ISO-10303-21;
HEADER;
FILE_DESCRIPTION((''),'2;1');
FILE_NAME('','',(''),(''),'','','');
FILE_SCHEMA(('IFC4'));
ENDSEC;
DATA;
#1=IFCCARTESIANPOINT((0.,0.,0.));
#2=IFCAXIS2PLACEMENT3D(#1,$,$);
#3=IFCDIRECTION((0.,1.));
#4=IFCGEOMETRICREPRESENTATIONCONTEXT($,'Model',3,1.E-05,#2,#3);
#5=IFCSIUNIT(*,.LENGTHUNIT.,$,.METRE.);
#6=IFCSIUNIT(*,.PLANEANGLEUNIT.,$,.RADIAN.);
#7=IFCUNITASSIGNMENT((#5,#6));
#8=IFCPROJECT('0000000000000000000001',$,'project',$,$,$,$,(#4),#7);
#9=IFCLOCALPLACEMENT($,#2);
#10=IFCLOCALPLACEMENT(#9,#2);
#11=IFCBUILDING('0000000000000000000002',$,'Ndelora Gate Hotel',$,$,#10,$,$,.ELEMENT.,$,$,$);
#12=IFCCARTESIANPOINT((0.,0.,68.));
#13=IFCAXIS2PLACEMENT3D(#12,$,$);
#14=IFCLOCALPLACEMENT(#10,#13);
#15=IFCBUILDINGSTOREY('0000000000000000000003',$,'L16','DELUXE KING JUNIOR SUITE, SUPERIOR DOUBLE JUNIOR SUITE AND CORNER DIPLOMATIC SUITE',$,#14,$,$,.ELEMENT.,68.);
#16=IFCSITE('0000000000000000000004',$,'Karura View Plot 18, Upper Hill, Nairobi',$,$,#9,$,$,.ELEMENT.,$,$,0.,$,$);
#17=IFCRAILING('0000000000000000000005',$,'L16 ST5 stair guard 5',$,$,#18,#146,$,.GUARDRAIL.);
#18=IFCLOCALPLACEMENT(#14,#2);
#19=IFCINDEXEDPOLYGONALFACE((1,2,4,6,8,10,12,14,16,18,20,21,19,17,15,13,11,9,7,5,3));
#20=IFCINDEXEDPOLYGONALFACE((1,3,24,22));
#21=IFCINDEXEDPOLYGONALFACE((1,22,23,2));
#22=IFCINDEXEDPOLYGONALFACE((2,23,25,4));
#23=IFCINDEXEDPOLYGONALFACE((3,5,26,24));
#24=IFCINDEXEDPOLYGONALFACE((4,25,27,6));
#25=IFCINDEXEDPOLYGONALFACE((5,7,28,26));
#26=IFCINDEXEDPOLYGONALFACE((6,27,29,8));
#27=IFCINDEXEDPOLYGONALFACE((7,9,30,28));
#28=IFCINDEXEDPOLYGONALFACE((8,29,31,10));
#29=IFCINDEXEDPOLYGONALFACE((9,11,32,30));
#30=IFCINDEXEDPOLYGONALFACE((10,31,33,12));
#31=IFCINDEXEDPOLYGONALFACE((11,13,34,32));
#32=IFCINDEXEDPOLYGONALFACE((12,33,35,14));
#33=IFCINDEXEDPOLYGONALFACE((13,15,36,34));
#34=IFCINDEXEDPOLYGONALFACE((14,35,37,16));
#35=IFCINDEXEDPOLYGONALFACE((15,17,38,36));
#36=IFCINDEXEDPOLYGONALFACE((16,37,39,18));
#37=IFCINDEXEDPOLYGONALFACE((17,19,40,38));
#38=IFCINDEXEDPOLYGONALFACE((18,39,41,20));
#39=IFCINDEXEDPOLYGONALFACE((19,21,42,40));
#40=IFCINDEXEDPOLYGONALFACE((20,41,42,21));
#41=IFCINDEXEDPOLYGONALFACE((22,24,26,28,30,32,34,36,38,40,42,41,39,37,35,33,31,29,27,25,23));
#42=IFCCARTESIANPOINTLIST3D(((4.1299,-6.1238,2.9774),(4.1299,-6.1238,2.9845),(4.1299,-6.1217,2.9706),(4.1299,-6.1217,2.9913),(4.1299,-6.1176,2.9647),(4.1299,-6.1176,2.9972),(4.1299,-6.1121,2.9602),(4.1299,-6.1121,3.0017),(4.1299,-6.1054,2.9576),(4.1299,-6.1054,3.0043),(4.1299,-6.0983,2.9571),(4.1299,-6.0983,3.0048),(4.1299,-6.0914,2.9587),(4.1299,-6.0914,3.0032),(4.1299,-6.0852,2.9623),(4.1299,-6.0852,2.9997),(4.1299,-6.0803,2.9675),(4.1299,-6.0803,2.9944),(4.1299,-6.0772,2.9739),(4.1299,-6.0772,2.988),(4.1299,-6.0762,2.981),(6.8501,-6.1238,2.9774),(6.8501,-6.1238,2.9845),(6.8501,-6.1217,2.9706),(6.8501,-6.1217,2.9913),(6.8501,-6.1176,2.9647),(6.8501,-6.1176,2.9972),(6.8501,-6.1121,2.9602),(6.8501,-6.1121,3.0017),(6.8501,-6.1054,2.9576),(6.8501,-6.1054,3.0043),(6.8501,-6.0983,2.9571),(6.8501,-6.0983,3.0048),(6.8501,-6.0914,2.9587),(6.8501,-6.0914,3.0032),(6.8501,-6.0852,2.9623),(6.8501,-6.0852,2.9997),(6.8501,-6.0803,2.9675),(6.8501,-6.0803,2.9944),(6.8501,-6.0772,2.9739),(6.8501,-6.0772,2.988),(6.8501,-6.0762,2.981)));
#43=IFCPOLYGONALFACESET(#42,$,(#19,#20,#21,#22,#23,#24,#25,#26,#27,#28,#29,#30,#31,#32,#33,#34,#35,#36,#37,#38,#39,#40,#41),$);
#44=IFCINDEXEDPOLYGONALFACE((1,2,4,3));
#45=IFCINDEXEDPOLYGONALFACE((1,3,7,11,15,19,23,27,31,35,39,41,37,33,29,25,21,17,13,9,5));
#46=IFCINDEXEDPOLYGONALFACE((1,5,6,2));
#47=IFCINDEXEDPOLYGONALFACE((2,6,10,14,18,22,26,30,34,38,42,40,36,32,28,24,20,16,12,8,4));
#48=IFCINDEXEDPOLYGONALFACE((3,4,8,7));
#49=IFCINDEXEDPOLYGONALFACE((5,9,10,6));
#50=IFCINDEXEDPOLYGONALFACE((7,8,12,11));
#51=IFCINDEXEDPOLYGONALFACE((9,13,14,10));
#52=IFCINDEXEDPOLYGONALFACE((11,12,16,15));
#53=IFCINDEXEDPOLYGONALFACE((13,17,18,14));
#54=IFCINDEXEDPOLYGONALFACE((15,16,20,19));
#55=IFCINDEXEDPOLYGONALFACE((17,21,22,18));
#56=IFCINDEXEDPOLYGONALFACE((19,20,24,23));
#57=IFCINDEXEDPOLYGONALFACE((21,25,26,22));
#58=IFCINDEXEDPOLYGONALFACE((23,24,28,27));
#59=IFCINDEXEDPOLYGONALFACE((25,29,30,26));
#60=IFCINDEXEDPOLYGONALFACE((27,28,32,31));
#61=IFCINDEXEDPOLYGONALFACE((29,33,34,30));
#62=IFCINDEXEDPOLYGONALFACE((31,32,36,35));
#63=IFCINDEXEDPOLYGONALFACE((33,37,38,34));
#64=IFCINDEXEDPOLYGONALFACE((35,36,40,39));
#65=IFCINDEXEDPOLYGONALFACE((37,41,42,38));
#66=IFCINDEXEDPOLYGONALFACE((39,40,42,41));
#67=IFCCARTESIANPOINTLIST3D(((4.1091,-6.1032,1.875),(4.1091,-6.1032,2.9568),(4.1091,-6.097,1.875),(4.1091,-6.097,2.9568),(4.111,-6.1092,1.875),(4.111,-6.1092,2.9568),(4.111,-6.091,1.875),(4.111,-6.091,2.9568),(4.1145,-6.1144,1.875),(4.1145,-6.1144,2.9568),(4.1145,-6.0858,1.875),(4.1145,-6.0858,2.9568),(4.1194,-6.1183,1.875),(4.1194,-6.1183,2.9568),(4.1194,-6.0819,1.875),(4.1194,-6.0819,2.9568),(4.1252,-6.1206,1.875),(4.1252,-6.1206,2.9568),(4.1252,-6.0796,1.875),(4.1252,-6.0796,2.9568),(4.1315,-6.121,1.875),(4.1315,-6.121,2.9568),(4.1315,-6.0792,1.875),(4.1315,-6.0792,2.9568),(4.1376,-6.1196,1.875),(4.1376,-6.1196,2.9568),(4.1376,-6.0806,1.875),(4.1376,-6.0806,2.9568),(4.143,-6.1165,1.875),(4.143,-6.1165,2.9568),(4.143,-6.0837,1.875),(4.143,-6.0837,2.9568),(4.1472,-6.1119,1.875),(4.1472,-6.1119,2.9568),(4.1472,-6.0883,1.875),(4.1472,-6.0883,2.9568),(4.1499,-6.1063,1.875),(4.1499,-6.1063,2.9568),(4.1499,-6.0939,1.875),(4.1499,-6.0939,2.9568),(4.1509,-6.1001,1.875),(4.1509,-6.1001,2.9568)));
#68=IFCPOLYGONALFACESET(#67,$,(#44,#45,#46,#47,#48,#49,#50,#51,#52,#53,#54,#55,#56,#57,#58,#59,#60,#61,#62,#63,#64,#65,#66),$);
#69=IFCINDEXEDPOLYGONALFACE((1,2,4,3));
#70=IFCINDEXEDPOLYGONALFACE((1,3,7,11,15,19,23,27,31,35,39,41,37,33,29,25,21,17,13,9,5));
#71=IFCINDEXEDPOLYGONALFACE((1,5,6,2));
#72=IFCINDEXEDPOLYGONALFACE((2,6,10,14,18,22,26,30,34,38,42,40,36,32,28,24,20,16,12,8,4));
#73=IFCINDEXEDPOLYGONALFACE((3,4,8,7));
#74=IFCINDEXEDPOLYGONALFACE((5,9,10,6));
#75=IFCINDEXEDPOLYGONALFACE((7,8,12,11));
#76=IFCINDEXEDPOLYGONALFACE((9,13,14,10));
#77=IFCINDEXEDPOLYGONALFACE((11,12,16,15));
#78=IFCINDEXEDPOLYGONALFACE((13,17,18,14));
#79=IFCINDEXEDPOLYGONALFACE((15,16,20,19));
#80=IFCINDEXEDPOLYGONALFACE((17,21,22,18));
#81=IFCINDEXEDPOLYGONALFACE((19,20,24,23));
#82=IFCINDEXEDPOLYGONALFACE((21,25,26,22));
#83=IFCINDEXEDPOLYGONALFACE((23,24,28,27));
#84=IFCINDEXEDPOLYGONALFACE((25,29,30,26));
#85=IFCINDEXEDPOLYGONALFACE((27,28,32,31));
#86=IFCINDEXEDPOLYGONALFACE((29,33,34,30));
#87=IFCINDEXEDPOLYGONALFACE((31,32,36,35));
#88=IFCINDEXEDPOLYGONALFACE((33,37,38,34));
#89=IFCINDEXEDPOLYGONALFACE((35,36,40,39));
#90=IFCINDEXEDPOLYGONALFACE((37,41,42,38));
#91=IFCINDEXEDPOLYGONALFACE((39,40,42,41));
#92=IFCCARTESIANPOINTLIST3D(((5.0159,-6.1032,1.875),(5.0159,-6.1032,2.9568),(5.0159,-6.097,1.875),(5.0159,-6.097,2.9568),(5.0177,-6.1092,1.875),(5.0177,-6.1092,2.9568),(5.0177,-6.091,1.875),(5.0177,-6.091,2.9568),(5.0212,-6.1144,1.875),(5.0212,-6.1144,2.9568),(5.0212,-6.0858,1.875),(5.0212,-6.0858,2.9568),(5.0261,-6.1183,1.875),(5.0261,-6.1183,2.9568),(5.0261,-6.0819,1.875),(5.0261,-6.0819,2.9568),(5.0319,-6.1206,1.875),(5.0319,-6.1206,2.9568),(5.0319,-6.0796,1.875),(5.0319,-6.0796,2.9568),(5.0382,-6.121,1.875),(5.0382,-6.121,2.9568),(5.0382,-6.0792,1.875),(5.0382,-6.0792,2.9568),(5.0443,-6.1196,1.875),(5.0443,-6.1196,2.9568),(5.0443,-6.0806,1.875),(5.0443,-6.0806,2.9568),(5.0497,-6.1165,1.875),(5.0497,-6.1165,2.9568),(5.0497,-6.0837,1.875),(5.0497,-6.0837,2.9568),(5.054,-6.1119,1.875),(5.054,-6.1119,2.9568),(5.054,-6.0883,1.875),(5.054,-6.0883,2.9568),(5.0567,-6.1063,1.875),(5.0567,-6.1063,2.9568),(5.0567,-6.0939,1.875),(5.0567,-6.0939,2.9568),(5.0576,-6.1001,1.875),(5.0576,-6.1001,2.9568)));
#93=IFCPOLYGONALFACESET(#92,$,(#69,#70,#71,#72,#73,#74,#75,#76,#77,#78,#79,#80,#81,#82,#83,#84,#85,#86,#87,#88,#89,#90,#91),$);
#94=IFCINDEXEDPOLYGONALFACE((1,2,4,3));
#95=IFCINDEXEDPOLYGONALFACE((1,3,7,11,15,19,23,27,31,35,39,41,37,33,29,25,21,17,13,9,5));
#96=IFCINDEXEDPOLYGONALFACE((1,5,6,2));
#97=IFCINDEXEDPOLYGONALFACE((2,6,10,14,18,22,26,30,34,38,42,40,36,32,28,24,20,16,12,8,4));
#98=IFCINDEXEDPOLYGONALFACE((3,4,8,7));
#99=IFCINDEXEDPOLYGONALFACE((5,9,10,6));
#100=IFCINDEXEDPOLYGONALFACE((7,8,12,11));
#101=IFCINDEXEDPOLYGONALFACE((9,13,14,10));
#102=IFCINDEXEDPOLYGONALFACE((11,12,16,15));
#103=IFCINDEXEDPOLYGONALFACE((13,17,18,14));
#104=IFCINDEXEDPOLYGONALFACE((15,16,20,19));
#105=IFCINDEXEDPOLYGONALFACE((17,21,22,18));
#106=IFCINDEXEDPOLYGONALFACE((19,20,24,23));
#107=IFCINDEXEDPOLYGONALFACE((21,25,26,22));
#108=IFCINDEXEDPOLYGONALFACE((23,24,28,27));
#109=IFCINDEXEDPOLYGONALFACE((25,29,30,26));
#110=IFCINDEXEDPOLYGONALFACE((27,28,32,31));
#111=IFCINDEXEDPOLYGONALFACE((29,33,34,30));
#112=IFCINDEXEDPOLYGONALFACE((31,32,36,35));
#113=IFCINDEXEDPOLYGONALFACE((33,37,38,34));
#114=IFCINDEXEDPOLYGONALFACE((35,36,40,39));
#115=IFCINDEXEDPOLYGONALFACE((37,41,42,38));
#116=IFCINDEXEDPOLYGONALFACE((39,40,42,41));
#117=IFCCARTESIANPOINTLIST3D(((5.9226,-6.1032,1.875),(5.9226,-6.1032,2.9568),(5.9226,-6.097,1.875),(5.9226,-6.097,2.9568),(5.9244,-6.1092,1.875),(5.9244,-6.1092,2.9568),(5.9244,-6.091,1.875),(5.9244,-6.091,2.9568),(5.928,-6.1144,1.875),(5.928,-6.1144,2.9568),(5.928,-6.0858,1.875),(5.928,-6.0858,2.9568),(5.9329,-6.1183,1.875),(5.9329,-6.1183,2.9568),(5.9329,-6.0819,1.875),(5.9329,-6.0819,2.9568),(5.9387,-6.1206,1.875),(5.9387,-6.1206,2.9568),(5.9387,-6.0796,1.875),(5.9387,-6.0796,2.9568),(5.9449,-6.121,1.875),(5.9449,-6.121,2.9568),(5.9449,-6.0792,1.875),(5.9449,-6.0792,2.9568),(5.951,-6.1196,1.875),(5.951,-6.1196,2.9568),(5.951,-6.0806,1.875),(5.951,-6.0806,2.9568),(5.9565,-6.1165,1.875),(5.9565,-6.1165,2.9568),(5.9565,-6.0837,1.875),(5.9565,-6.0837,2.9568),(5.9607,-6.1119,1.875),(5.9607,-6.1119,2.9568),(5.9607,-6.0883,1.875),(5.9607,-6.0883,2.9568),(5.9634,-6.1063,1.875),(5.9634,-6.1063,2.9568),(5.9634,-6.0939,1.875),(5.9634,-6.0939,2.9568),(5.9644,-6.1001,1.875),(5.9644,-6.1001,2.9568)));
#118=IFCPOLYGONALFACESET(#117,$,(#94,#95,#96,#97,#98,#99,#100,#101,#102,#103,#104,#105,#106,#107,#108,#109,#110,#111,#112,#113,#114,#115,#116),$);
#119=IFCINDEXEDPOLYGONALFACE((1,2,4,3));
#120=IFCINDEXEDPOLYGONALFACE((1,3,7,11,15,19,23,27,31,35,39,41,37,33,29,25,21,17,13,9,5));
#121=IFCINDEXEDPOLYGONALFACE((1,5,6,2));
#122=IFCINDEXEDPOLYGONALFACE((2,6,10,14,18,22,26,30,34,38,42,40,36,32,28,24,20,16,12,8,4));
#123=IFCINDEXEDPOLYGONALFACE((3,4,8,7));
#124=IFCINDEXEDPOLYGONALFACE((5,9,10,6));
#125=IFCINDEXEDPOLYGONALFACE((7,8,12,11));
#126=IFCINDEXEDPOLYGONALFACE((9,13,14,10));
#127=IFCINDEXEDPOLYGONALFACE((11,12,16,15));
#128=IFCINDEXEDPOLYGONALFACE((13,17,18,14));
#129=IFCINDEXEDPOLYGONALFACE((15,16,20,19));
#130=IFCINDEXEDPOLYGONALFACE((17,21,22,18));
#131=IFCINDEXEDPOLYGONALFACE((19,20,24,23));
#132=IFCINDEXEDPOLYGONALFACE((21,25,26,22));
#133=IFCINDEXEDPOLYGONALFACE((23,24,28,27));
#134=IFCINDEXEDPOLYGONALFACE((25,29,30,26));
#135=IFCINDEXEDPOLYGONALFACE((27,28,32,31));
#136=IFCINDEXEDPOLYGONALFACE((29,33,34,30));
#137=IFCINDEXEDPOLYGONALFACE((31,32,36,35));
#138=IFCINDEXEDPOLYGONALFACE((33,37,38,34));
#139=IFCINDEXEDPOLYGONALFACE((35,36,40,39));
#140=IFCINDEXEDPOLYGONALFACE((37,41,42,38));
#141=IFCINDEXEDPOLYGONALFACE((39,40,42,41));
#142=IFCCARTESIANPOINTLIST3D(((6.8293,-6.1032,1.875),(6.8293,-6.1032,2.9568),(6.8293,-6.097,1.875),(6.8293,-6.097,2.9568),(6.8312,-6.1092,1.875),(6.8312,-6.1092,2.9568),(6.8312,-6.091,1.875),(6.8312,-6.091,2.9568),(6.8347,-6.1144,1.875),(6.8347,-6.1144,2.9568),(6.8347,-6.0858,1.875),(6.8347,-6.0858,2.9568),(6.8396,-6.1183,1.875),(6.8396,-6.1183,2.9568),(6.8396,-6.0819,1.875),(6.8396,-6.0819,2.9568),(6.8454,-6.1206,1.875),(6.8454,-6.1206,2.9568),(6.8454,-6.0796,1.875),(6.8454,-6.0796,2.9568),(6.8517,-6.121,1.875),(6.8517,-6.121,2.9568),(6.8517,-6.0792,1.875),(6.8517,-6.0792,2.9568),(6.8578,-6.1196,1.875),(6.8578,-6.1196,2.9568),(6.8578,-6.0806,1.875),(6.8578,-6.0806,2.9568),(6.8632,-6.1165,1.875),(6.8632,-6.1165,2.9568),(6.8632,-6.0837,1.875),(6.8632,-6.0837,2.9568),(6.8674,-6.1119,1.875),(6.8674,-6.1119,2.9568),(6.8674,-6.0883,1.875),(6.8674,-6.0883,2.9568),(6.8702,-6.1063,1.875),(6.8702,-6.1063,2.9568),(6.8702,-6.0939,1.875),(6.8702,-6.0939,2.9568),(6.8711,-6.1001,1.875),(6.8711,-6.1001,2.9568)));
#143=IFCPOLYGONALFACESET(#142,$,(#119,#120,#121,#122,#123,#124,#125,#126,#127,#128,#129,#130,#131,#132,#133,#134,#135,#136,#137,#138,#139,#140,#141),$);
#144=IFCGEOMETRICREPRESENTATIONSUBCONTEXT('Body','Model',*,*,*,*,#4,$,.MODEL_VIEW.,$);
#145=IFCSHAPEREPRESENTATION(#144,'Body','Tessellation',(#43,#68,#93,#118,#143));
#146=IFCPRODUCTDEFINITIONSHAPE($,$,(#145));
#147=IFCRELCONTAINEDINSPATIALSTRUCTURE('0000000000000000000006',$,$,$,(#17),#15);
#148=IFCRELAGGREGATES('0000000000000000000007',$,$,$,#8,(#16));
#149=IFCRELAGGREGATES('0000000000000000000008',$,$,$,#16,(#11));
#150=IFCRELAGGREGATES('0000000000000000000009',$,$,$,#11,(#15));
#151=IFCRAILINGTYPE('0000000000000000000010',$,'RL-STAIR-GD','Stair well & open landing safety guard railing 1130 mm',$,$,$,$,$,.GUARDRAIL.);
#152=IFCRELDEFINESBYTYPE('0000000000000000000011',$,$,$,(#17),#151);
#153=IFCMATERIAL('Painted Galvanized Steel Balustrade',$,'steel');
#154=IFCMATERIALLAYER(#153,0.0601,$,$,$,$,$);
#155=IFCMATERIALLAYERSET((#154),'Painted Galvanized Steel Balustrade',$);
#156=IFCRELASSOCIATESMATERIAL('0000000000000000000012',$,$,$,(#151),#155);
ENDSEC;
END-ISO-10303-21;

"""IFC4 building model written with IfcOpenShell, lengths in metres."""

from ifc_helpers import new_model, si_unit, direction, frame, origin, origin_2d, place, context, subcontext, project, spatial, circle, extrude, material, layer, layer_set, type_object, element, save


model = new_model("IFC4")

# Units and contexts
model_context = context("Model", 3, precision=1e-05, world=origin(), true_north=direction((0.0, 1.0)))
body_context = subcontext(model_context, "Body", "Model", "MODEL_VIEW")
ifc_project = project(units=[si_unit("LENGTHUNIT", "METRE"), si_unit("PLANEANGLEUNIT", "RADIAN")], contexts=[model_context])

# Site, building, storey
site_placement = place(None, origin())
site = spatial("IfcSite", under=ifc_project, at=site_placement, Name="Karura View Plot 18, Upper Hill, Nairobi", CompositionType="ELEMENT", RefElevation=0.0)
building_placement = place(site_placement, origin())
building = spatial("IfcBuilding", under=site, at=building_placement, Name="Ndelora Gate Hotel", CompositionType="ELEMENT")
storey_placement = place(building_placement, frame((0.0, 0.0, 68.0)))
storey = spatial("IfcBuildingStorey", under=building, at=storey_placement, Name="L16", Description="DELUXE KING JUNIOR SUITE, SUPERIOR DOUBLE JUNIOR SUITE AND CORNER DIPLOMATIC SUITE", CompositionType="ELEMENT", Elevation=68.0)

# Railing
ifc_material_1 = material(Name="Painted Galvanized Steel Balustrade", Category="steel")
ifc_layer_1 = layer(ifc_material_1, 0.0601)
ifc_layer_set_1 = layer_set([ifc_layer_1], Name="Painted Galvanized Steel Balustrade")
railing_type = type_object("IfcRailingType", Name="RL-STAIR-GD", Description="Stair well & open landing safety guard railing 1130 mm", PredefinedType="GUARDRAIL", material=ifc_layer_set_1)
railing_1_placement = place(storey_placement, frame((4.1299, -6.1001, 1.875)))
element("IfcRailing", 1, at=railing_1_placement, inside=storey, type_object=railing_type, Name="L16 ST5 stair guard 5", PredefinedType="GUARDRAIL", context=body_context, shape_type="SweptSolid", body=[
    extrude(circle(Radius=0.0239, at=origin_2d()), frame((0.0, 0.0, 1.106), z_axis=(1.0, 0.0, 0.0), x_axis=(0.0, 1.0, 0.0)), (0.0, 0.0, 1.0), 2.7202),
    extrude(circle(Radius=0.021, at=origin_2d()), origin(), (0.0, 0.0, 1.0), 1.0818),
    extrude(circle(Radius=0.021, at=origin_2d()), frame((0.9067, 0.0, 0.0)), (0.0, 0.0, 1.0), 1.0818),
    extrude(circle(Radius=0.021, at=origin_2d()), frame((1.8135, 0.0, 0.0)), (0.0, 0.0, 1.0), 1.0818),
    extrude(circle(Radius=0.021, at=origin_2d()), frame((2.7202, 0.0, 0.0)), (0.0, 0.0, 1.0), 1.0818),
])

save(model, "model.ifc")
